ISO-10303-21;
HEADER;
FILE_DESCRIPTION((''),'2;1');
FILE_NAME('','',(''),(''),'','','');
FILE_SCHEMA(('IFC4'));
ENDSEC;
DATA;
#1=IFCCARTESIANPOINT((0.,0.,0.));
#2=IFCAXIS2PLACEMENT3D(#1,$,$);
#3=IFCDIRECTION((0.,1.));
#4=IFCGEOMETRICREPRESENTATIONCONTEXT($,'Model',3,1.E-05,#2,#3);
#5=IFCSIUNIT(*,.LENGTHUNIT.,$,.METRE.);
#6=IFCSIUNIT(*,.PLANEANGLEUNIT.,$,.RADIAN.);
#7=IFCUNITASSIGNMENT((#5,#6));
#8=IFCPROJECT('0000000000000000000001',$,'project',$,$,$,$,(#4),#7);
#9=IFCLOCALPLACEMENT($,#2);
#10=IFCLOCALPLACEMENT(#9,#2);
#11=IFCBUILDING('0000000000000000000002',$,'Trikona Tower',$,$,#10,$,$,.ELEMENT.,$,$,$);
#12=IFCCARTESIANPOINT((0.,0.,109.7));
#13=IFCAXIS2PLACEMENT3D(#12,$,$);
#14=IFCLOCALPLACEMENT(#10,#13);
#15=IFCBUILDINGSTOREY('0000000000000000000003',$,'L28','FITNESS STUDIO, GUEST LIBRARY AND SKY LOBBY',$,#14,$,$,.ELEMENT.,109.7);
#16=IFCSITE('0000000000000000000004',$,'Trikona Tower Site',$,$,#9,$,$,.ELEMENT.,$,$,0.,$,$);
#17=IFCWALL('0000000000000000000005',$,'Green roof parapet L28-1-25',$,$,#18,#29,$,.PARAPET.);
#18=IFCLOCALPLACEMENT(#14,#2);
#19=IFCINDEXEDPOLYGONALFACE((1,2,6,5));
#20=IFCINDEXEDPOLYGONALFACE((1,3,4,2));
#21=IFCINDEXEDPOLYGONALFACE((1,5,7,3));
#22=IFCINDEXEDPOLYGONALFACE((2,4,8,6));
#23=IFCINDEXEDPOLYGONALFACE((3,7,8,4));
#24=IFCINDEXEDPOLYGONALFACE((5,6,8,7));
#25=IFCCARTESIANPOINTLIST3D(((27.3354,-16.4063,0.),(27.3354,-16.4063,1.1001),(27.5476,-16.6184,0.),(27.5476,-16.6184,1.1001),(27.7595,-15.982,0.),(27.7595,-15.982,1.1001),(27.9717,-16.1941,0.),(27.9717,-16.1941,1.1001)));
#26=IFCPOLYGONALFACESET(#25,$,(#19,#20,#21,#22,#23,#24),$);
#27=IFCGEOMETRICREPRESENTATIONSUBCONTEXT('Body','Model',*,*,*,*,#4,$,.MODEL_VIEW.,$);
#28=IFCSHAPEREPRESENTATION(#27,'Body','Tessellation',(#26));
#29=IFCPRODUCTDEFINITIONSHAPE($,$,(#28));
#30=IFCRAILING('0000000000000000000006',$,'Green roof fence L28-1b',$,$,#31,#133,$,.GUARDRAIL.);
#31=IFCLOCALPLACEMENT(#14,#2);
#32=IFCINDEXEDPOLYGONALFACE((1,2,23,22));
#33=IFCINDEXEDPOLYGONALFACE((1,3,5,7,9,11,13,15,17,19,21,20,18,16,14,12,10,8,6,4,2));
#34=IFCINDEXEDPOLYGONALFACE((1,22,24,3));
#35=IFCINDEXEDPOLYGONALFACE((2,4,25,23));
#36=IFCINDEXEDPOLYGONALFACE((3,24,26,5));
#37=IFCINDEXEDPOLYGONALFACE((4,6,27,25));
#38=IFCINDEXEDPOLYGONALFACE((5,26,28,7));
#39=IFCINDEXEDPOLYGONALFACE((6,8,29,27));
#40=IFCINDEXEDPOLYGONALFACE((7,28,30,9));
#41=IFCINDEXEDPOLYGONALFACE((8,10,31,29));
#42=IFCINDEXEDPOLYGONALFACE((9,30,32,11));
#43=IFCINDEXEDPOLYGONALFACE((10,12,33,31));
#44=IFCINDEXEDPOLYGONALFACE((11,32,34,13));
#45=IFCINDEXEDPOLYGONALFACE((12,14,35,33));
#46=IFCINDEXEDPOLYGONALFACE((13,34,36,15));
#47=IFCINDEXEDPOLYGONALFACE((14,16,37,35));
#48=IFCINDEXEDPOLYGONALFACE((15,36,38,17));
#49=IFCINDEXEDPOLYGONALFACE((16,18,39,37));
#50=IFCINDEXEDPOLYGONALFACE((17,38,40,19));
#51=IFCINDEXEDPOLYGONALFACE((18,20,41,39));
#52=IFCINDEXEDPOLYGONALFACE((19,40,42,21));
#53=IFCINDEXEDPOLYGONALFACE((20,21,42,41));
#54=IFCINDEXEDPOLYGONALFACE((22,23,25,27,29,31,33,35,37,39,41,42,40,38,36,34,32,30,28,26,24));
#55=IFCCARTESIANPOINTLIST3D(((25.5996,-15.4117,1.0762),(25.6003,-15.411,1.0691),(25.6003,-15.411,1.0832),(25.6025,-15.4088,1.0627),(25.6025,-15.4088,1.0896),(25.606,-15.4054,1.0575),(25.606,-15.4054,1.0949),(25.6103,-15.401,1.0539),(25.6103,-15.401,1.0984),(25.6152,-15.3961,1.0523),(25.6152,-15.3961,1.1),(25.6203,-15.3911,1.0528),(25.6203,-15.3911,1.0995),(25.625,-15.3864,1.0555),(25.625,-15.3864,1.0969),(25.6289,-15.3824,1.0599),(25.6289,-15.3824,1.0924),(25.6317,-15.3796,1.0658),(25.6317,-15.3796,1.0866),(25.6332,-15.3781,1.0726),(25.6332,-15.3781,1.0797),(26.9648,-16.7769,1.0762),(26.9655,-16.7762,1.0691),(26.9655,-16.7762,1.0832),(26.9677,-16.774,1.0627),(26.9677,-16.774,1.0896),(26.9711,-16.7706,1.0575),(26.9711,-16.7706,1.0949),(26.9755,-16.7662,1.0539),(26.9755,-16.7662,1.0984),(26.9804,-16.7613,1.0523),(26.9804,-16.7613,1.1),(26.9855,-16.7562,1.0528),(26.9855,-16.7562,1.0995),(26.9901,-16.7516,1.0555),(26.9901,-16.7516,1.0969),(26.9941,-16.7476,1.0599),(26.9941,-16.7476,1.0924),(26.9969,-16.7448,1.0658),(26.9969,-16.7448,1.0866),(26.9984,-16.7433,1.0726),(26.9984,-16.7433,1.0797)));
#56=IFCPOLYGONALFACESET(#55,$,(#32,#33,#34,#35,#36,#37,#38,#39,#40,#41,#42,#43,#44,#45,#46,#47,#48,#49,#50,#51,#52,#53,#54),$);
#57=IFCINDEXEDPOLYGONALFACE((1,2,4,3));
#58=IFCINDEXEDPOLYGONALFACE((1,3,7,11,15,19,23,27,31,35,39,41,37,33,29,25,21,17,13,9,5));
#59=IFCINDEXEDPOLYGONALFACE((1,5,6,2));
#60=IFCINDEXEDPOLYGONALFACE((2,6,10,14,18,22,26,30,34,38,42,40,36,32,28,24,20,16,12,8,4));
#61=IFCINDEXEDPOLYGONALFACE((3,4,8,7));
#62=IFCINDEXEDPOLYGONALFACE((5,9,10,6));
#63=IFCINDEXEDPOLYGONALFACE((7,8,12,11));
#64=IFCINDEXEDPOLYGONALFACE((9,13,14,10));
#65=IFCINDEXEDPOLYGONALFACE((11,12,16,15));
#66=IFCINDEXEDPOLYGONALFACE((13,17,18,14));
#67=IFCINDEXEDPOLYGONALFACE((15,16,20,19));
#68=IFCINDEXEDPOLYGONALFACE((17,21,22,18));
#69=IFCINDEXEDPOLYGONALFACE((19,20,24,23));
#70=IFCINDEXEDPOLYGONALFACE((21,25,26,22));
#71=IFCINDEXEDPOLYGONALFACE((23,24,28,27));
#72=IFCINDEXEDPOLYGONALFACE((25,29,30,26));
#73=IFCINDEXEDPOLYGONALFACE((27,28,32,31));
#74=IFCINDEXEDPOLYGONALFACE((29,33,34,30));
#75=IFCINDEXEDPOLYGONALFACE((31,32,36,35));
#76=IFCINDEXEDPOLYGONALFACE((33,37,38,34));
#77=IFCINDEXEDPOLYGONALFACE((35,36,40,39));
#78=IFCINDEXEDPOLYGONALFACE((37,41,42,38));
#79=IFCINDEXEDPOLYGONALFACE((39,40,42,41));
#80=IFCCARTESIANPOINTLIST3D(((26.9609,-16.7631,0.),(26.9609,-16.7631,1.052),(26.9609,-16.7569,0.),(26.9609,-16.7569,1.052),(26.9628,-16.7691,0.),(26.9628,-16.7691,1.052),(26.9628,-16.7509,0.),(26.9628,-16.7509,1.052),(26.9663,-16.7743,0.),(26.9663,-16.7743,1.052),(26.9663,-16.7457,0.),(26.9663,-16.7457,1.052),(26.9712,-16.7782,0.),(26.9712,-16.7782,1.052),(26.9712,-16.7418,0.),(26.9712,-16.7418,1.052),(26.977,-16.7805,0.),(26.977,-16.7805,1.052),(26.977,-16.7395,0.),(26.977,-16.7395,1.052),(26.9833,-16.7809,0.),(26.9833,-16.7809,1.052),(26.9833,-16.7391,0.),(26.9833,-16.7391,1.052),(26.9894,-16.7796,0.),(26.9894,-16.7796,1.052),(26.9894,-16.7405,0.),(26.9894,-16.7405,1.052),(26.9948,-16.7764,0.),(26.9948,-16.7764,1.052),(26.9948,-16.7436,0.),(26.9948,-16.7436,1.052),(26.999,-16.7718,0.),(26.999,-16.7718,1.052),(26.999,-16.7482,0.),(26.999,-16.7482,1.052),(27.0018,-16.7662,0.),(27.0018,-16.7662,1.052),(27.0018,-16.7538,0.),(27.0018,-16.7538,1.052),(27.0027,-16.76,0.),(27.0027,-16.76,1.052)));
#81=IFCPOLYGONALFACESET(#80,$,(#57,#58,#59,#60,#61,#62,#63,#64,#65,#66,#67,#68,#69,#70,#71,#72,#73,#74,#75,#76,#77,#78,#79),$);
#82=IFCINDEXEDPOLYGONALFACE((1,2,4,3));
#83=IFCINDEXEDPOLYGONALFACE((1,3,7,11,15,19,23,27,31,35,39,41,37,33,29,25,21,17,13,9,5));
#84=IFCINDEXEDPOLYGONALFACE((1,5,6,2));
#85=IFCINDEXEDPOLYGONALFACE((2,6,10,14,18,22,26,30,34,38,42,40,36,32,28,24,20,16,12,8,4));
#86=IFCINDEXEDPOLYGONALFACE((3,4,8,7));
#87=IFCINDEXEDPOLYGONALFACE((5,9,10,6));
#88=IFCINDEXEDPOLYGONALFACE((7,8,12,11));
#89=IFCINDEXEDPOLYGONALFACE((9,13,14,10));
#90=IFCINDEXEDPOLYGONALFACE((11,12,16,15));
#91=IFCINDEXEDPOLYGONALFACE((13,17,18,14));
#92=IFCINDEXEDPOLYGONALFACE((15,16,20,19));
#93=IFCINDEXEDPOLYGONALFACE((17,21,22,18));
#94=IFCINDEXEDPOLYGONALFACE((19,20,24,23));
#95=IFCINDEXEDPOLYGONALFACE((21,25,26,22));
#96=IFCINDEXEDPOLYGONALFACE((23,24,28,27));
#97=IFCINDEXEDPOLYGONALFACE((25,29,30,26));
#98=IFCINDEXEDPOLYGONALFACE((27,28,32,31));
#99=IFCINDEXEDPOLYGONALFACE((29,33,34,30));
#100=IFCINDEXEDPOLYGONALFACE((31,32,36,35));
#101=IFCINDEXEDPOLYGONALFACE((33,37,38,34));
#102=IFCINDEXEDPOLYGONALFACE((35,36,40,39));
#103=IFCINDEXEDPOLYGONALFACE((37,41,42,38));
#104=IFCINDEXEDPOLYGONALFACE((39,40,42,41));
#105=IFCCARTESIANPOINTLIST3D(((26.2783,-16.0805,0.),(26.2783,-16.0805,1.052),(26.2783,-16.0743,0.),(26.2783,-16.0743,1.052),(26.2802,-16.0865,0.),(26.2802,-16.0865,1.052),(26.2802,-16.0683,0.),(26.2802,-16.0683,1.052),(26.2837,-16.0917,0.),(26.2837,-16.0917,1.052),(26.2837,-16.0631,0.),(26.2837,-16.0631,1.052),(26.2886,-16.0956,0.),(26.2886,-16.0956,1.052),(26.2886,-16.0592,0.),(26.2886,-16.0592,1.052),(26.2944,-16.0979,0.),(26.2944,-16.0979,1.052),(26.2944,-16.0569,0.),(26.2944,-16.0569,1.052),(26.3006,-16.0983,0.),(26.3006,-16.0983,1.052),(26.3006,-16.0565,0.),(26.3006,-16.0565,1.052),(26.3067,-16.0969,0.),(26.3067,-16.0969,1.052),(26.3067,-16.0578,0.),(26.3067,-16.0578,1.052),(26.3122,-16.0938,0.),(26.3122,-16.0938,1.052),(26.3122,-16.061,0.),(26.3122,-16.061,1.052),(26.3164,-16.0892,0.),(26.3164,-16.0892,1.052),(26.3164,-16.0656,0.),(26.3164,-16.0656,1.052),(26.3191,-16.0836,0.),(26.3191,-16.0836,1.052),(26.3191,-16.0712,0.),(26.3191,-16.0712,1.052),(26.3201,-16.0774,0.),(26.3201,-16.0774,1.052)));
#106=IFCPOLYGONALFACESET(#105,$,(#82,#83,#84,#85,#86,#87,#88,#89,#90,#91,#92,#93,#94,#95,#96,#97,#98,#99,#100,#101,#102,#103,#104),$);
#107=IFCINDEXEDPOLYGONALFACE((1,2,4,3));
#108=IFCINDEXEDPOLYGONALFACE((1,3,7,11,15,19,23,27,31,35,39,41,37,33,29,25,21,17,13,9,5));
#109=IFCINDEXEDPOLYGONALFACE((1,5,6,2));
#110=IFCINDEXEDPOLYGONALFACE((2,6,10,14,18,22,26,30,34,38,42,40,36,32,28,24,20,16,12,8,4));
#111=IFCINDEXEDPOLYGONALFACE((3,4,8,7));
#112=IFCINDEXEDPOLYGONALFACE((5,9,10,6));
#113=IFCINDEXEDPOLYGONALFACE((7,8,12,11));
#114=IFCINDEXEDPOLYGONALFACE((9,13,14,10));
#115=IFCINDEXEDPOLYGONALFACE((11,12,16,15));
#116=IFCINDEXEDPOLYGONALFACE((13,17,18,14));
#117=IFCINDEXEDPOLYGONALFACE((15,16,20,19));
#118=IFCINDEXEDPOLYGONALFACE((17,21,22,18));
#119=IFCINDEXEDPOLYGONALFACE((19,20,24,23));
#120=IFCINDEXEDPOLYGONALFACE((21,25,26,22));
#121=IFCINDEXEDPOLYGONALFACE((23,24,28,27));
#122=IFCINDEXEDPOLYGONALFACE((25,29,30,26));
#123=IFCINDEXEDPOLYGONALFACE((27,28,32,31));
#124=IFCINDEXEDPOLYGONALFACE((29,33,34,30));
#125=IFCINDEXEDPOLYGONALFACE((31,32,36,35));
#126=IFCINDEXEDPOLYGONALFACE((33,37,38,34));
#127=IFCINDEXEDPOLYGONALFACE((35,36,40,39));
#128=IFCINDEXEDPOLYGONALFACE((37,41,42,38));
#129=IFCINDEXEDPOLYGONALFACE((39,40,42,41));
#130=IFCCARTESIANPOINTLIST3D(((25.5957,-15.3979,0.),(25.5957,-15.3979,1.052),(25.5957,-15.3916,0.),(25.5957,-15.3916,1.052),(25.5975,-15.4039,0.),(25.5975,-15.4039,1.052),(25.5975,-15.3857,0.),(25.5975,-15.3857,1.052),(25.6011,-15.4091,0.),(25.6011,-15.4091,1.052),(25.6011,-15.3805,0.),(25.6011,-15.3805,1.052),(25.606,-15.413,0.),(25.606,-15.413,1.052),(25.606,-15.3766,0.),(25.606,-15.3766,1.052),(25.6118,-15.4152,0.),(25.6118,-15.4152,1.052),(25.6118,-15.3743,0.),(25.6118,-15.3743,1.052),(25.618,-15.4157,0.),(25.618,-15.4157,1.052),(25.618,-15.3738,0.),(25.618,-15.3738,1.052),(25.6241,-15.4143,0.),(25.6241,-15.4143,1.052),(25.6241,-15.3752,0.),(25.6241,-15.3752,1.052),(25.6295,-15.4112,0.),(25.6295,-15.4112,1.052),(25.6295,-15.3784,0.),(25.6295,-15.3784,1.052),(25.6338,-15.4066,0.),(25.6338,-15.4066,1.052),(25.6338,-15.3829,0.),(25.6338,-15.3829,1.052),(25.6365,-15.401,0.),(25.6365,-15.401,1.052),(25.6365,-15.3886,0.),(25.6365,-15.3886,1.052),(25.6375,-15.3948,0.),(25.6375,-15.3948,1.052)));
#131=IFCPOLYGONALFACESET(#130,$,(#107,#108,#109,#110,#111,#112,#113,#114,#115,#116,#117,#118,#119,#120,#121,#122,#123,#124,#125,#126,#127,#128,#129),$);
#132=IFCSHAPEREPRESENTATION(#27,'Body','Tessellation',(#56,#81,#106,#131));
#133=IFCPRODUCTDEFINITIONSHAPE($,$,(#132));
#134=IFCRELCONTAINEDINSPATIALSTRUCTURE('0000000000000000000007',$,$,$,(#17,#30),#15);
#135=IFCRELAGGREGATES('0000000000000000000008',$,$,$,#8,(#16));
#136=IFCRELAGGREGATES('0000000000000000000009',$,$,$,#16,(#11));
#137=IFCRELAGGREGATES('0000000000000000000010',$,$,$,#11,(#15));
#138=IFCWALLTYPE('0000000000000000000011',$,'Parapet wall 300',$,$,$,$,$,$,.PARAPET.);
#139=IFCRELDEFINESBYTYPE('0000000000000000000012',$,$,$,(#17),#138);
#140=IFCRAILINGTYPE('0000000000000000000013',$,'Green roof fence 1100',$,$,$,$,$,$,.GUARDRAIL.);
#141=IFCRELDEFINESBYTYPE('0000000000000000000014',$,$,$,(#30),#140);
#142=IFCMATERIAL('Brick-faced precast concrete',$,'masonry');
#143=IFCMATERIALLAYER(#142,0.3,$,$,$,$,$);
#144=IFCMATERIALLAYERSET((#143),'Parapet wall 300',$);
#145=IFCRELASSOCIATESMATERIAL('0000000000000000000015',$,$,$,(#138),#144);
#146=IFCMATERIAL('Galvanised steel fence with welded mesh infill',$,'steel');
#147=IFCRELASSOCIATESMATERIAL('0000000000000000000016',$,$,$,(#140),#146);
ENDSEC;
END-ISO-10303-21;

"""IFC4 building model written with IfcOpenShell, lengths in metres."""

from ifc_helpers import new_model, si_unit, direction, frame, frame_2d, origin, origin_2d, place, context, subcontext, project, spatial, rectangle, circle, extrude, material, layer, layer_set, type_object, element, save


model = new_model("IFC4")

# Units and contexts
model_context = context("Model", 3, precision=1e-05, world=origin(), true_north=direction((0.0, 1.0)))
body_context = subcontext(model_context, "Body", "Model", "MODEL_VIEW")
ifc_project = project(units=[si_unit("LENGTHUNIT", "METRE"), si_unit("PLANEANGLEUNIT", "RADIAN")], contexts=[model_context])

# Site, building, storey
site_placement = place(None, origin())
site = spatial("IfcSite", under=ifc_project, at=site_placement, Name="Trikona Tower Site", CompositionType="ELEMENT", RefElevation=0.0)
building_placement = place(site_placement, origin())
building = spatial("IfcBuilding", under=site, at=building_placement, Name="Trikona Tower", CompositionType="ELEMENT")
storey_placement = place(building_placement, frame((0.0, 0.0, 109.7)))
storey = spatial("IfcBuildingStorey", under=building, at=storey_placement, Name="L28", Description="FITNESS STUDIO, GUEST LIBRARY AND SKY LOBBY", CompositionType="ELEMENT", Elevation=109.7)

# Wall
ifc_material_1 = material(Name="Brick-faced precast concrete", Category="masonry")
ifc_layer_1 = layer(ifc_material_1, 0.3)
ifc_layer_set_1 = layer_set([ifc_layer_1], Name="Parapet wall 300")
wall_type_1 = type_object("IfcWallType", Name="Parapet wall 300", PredefinedType="PARAPET", material=ifc_layer_set_1)
wall_1_placement = place(storey_placement, frame((27.8655, -16.0881, 0.0), z_axis=(0.0, 0.0, 1.0), x_axis=(-0.706903, -0.70731, 0.0)))
element("IfcWall", 1, at=wall_1_placement, inside=storey, type_object=wall_type_1, Name="Green roof parapet L28-1-25", PredefinedType="PARAPET", context=body_context, shape_type="SweptSolid", body=[
    extrude(rectangle(XDim=0.5999, YDim=0.3, at=frame_2d((0.2998, 0.0))), origin(), (0.0, 0.0, 1.0), 1.1001),
])

# Railing
ifc_material_2 = material(Name="Galvanised steel fence with welded mesh infill", Category="steel")
railing_type_1 = type_object("IfcRailingType", Name="Green roof fence 1100", PredefinedType="GUARDRAIL", material=ifc_material_2)
railing_1_placement = place(storey_placement, frame((26.9817, -16.76, 0.0)))
element("IfcRailing", 2, at=railing_1_placement, inside=storey, type_object=railing_type_1, Name="Green roof fence L28-1b", PredefinedType="GUARDRAIL", context=body_context, shape_type="SweptSolid", body=[
    extrude(circle(Radius=0.0239, at=origin_2d()), frame((0.0, 0.0, 1.0762), z_axis=(-0.707107, 0.707107, 0.0), x_axis=(-0.707107, -0.707107, 0.0)), (0.0, 0.0, 1.0), 1.9307),
    extrude(circle(Radius=0.021, at=origin_2d()), origin(), (0.0, 0.0, 1.0), 1.052),
    extrude(circle(Radius=0.021, at=origin_2d()), frame((-0.6826, 0.6826, 0.0)), (0.0, 0.0, 1.0), 1.052),
    extrude(circle(Radius=0.021, at=origin_2d()), frame((-1.3652, 1.3652, 0.0)), (0.0, 0.0, 1.0), 1.052),
])

save(model, "model.ifc")
